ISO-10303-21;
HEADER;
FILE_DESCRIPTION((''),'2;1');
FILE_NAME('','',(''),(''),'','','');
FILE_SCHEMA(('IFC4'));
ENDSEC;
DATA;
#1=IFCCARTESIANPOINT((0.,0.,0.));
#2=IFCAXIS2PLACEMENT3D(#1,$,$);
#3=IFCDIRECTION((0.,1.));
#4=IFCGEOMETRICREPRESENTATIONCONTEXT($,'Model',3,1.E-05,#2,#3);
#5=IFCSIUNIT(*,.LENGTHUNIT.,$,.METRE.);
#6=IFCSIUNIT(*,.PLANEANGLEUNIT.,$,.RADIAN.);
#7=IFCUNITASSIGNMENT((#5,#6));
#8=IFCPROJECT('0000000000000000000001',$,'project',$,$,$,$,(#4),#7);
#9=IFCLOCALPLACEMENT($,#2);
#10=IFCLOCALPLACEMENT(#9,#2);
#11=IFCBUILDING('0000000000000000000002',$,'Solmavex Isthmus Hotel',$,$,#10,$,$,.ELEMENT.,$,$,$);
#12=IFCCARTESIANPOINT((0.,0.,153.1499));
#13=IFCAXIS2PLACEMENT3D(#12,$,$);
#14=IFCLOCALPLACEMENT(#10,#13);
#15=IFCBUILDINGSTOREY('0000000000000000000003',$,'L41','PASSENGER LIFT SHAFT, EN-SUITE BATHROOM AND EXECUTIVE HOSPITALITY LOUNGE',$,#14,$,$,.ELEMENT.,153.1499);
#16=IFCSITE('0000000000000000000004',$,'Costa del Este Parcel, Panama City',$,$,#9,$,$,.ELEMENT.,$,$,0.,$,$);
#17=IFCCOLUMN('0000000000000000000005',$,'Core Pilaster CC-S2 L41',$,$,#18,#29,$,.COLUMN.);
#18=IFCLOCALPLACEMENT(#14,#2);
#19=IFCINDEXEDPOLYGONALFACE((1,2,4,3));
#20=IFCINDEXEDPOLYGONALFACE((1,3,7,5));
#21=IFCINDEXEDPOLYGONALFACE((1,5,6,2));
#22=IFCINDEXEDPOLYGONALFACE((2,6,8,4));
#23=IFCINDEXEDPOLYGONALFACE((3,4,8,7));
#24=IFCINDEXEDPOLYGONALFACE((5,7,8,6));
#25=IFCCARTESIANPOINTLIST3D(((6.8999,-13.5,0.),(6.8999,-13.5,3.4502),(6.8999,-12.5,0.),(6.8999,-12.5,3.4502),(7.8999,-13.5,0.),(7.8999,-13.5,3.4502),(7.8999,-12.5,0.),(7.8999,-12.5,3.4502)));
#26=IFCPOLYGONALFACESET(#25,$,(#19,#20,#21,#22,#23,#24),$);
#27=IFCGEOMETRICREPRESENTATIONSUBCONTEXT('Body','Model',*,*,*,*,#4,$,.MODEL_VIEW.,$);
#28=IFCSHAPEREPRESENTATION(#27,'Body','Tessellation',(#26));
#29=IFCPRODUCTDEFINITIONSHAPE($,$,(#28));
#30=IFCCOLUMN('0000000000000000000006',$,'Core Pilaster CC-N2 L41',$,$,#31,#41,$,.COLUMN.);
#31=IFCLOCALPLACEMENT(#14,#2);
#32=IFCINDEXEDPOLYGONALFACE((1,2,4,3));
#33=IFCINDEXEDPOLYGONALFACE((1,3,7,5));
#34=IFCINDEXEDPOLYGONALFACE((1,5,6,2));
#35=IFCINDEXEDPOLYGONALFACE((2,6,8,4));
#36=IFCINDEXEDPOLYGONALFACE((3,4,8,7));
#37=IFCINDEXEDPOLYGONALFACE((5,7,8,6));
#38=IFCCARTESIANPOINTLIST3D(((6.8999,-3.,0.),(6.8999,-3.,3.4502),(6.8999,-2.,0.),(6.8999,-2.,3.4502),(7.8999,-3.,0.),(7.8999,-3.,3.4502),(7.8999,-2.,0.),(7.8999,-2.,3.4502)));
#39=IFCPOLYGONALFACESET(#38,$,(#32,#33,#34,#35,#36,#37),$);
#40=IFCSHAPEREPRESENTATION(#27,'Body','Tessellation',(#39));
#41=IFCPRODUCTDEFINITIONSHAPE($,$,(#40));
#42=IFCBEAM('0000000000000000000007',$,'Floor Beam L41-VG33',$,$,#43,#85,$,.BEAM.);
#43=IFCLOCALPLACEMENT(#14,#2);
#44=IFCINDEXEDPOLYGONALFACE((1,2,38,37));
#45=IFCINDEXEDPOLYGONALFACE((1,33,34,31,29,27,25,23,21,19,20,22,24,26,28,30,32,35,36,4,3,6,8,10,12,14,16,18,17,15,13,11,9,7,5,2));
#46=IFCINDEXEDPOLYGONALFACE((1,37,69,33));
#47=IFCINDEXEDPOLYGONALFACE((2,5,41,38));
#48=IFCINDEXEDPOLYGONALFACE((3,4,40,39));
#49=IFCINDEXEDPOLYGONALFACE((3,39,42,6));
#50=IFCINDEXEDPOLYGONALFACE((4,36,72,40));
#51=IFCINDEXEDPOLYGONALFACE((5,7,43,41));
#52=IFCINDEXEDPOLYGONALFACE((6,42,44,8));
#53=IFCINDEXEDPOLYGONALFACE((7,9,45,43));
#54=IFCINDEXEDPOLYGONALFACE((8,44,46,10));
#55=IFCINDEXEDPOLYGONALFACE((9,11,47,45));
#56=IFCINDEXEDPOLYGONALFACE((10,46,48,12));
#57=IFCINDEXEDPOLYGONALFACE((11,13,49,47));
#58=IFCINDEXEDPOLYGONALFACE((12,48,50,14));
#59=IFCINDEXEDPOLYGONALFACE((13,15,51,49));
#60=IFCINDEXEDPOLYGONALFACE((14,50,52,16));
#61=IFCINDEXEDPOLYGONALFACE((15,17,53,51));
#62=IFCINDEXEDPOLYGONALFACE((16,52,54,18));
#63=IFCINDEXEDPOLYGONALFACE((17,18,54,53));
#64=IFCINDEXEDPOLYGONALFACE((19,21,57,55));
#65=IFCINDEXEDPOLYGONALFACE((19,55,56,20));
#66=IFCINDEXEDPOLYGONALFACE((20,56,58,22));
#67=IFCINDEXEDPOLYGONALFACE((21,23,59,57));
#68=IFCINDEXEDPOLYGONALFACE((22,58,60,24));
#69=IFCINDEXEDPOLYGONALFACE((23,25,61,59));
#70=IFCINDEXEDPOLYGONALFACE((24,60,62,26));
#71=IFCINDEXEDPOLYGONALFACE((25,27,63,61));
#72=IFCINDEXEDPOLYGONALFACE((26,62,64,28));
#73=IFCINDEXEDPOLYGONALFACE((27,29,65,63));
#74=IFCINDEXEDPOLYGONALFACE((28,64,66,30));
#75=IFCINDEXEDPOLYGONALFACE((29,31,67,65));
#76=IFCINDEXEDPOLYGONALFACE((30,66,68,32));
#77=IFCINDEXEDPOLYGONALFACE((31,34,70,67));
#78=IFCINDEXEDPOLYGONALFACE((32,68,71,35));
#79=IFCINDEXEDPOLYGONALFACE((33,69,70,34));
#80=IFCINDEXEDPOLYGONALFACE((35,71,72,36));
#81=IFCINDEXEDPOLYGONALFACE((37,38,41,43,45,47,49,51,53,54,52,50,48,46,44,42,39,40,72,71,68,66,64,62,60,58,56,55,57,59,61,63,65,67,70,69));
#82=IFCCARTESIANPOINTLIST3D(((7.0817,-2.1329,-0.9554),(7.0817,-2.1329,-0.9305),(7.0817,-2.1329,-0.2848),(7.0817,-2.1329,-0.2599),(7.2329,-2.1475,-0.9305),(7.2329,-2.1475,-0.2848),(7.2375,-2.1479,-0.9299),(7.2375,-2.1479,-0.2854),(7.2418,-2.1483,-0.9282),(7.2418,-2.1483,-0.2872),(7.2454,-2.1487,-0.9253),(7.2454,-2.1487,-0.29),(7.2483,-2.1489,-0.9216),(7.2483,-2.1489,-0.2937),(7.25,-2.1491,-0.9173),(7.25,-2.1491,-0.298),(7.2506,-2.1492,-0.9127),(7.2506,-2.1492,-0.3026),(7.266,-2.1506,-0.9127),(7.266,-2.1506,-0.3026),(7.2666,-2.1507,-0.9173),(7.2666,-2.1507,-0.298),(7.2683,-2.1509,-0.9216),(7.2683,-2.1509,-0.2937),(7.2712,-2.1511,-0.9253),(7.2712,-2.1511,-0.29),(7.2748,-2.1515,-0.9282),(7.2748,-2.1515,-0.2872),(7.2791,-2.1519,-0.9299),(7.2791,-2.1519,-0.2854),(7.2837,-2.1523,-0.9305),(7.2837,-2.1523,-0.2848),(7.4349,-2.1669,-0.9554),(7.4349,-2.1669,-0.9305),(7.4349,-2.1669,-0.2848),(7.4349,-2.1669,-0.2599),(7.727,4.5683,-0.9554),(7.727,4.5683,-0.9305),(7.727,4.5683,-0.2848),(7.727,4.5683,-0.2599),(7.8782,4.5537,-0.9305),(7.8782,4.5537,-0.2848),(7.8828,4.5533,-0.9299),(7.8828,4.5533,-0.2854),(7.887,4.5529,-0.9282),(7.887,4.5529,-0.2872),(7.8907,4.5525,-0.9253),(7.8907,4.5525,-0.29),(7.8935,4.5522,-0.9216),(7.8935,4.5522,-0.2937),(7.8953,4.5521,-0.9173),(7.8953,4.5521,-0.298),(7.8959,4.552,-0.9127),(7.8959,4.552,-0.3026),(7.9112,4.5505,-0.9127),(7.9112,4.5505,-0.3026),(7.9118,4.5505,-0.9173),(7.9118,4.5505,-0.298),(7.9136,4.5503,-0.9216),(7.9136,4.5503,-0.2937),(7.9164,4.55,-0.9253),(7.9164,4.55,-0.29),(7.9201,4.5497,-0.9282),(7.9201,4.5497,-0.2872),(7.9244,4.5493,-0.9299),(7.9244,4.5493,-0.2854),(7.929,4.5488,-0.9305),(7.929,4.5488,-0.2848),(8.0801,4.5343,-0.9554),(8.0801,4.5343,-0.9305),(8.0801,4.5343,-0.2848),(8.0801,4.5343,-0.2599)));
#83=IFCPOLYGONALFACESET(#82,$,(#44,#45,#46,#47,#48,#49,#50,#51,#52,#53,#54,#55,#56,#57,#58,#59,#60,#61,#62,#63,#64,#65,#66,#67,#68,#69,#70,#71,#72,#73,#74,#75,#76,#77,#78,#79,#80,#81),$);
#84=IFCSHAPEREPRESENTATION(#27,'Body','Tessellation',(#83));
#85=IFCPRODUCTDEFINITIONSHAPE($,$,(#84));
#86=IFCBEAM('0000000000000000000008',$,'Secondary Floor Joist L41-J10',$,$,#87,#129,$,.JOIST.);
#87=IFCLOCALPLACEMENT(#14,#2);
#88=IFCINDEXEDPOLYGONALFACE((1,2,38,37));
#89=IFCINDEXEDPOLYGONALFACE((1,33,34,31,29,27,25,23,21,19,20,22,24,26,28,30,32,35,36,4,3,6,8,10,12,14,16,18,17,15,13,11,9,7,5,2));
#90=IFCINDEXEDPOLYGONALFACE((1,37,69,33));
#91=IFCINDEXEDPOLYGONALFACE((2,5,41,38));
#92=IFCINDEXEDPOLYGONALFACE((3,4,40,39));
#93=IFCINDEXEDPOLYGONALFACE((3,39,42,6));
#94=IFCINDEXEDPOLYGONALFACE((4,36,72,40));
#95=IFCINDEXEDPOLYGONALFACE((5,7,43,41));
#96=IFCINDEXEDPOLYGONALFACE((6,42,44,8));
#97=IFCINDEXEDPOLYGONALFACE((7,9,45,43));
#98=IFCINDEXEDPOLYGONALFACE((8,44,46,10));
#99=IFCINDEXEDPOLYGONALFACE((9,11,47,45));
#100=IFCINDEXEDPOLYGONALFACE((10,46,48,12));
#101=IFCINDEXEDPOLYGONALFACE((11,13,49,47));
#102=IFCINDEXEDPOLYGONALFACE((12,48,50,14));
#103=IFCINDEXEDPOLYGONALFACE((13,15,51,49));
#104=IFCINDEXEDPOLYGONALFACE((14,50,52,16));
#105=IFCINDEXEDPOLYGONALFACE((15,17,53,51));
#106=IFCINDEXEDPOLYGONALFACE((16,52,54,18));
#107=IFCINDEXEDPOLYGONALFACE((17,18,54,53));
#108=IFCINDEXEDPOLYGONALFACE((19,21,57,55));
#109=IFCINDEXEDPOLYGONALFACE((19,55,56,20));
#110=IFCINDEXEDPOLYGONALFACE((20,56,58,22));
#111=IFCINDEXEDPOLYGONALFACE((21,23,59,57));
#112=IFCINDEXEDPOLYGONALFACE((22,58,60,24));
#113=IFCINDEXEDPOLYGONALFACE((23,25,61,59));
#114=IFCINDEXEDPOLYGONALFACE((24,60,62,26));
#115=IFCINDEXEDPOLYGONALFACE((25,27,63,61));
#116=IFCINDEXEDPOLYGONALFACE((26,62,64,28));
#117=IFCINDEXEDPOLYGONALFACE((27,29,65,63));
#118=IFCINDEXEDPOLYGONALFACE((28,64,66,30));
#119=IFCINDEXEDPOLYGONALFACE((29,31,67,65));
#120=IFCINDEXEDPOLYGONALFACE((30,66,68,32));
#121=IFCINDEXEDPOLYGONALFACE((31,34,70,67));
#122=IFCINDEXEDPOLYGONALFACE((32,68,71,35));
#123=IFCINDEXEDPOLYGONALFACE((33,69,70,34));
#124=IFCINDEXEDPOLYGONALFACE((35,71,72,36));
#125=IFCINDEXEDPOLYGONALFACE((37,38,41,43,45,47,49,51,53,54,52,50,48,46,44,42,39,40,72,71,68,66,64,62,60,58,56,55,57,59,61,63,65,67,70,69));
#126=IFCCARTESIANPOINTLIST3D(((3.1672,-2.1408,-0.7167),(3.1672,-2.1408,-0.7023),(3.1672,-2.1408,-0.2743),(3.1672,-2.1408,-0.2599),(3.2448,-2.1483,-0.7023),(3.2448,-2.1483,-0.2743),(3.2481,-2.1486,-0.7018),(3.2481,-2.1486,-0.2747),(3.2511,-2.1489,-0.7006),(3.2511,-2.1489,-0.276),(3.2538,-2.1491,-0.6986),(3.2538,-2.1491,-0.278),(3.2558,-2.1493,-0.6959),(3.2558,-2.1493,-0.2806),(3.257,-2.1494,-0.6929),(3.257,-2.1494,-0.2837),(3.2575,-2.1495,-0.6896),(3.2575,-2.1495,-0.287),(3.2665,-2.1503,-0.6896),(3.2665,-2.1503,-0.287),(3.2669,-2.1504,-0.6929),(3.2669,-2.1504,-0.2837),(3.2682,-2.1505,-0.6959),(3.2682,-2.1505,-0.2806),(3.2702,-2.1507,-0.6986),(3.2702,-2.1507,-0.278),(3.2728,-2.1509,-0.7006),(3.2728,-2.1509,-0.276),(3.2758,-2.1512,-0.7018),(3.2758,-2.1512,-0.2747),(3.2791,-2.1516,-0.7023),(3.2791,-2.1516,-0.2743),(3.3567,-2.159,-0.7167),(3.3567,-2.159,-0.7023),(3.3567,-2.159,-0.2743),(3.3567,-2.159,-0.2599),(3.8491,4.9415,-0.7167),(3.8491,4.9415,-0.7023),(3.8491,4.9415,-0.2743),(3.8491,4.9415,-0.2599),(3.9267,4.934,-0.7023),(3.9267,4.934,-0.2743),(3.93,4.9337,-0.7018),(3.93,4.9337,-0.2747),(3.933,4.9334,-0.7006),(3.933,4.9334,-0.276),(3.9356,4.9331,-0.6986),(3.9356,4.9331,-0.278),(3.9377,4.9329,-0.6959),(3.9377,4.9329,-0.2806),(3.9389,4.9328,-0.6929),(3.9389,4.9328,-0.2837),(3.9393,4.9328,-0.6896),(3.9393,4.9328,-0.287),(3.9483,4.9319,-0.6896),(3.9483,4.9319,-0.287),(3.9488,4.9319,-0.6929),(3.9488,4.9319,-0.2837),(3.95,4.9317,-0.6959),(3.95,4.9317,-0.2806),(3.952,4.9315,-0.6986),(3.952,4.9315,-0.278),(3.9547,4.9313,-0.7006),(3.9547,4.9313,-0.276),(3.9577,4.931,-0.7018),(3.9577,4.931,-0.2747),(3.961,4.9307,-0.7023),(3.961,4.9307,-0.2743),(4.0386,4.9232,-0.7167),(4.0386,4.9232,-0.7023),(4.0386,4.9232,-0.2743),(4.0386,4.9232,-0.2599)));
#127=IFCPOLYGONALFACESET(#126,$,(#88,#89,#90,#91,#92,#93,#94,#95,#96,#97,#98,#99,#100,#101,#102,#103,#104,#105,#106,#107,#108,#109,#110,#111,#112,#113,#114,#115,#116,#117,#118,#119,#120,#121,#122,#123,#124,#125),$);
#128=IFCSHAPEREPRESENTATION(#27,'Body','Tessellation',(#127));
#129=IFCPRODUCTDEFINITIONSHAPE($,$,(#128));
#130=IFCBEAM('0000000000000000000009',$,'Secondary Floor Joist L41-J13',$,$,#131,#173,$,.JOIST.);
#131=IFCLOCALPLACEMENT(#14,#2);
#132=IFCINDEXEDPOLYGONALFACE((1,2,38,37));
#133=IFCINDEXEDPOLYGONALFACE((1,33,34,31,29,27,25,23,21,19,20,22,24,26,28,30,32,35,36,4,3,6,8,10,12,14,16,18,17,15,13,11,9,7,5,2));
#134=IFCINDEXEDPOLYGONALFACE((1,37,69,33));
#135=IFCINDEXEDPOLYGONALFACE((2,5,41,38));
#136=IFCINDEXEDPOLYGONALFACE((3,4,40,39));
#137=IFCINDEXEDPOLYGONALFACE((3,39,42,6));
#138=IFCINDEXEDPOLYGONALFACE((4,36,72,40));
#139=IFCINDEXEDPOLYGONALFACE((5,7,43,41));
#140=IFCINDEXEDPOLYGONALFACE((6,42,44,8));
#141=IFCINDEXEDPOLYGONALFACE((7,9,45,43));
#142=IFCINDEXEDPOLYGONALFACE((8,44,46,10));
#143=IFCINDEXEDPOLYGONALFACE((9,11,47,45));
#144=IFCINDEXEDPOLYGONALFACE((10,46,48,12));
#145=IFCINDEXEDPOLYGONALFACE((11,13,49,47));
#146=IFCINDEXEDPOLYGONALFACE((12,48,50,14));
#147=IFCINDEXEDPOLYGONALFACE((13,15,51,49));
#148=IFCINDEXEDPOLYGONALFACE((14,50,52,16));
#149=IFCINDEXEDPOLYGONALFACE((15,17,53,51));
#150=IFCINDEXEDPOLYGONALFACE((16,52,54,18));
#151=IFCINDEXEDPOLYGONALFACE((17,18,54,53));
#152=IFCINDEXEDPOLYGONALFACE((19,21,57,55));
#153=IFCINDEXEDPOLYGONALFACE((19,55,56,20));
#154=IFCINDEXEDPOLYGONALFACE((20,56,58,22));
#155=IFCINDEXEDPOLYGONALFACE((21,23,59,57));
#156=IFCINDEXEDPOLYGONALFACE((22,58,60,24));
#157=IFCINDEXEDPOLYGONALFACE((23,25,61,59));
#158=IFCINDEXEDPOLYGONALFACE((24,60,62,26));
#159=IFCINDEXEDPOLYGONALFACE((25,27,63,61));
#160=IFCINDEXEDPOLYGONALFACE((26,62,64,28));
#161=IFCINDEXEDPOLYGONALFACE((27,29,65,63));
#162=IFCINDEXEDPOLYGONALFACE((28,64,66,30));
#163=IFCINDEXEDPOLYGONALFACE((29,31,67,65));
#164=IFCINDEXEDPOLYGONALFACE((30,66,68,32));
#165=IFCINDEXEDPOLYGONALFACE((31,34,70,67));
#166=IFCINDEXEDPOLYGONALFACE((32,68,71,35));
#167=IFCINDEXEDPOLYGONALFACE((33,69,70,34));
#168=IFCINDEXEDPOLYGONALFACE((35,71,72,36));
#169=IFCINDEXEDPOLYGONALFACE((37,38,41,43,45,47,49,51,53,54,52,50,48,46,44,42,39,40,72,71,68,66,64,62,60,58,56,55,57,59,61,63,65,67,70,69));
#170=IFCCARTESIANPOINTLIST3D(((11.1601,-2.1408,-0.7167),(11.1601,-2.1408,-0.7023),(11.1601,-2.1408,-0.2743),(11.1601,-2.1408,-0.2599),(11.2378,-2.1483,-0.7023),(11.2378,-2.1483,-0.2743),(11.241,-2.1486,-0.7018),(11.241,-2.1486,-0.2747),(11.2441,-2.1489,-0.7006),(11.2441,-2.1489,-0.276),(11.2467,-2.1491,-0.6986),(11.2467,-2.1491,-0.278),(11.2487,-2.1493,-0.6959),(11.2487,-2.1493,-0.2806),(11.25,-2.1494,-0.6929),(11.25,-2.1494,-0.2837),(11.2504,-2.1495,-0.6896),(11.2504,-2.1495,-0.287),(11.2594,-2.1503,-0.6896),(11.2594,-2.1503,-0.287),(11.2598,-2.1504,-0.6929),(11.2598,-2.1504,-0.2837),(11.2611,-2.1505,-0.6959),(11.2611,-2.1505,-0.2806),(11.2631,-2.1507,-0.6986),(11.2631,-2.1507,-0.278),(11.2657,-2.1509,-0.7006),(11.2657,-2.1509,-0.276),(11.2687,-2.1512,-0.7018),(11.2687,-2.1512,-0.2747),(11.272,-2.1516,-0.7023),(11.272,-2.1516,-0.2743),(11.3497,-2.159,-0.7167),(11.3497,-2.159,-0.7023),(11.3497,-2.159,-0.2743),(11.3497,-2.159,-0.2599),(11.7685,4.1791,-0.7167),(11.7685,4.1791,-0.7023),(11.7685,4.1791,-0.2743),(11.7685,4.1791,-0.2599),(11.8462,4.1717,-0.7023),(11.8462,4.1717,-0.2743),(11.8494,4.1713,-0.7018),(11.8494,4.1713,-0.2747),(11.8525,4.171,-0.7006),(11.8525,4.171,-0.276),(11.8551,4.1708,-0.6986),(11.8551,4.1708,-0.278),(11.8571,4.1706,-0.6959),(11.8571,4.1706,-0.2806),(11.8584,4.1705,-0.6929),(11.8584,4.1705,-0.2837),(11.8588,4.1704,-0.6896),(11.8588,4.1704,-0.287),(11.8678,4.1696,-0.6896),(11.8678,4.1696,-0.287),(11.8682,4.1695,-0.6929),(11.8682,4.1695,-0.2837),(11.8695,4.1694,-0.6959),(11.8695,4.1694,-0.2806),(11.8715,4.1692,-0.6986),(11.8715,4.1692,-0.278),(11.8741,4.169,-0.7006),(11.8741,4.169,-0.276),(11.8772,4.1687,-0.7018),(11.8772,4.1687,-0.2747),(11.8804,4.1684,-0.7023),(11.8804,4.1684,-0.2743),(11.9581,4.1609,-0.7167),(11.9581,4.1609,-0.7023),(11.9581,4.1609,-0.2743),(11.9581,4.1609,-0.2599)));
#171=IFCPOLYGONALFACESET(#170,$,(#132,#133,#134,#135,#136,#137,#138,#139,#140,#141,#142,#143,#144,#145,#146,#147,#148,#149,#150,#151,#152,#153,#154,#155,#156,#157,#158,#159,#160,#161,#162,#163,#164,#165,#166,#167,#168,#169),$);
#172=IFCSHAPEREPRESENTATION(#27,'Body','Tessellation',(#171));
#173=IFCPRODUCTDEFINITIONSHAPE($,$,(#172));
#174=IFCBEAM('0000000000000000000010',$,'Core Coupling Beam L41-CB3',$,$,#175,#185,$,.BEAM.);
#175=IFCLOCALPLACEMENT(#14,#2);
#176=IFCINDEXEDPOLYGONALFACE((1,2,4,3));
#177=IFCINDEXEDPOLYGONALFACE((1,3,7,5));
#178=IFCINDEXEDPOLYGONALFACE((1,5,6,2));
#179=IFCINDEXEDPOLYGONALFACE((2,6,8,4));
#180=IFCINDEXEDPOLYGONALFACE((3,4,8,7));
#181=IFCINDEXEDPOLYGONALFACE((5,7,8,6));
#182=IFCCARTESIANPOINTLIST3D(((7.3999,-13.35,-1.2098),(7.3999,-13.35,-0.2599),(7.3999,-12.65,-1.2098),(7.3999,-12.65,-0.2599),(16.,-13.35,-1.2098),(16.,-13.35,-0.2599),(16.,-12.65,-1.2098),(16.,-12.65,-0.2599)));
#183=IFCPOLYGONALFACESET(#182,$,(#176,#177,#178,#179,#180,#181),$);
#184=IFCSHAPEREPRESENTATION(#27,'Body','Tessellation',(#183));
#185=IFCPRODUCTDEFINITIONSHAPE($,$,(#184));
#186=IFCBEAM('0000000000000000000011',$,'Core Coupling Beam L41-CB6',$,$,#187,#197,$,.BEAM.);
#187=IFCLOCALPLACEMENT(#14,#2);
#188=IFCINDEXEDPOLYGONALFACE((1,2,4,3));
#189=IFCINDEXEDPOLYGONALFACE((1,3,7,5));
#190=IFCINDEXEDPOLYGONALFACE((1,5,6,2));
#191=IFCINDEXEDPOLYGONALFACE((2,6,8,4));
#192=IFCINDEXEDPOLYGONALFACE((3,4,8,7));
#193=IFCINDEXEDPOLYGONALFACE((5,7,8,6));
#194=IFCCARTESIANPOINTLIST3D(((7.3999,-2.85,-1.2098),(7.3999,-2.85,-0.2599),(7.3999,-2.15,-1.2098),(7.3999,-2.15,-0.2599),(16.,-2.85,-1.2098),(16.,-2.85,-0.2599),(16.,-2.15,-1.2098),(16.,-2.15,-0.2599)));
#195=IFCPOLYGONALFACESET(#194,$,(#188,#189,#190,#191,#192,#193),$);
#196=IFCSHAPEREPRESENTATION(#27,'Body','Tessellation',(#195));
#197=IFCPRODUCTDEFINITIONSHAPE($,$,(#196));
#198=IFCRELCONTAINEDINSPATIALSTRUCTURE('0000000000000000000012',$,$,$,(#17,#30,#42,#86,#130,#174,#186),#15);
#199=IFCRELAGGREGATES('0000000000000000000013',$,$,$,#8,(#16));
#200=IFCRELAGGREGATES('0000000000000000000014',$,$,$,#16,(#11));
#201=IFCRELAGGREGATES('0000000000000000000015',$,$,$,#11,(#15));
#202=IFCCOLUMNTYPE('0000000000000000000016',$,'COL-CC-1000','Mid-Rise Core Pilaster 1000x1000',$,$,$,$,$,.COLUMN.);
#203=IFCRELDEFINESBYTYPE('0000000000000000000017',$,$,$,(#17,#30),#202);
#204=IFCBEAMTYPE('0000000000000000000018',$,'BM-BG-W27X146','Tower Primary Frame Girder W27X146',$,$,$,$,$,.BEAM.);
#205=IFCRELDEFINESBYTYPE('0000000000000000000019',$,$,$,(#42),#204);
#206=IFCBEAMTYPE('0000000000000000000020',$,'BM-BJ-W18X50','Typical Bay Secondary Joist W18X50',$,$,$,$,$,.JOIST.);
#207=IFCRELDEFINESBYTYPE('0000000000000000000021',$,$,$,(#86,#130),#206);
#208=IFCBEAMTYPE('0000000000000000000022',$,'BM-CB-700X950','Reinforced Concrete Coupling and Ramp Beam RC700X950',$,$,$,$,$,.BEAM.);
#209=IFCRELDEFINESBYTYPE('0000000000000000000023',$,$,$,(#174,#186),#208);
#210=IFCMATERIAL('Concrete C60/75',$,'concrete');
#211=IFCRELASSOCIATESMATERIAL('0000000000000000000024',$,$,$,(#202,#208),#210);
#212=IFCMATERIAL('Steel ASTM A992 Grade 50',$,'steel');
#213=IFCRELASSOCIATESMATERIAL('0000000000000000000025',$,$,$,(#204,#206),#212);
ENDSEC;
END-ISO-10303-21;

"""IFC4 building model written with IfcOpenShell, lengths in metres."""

from ifc_helpers import new_model, si_unit, direction, frame, origin, origin_2d, place, context, subcontext, project, spatial, rectangle, i_section, extrude, material, material_profile, profile_set, type_object, element, save


model = new_model("IFC4")

# Units and contexts
model_context = context("Model", 3, precision=1e-05, world=origin(), true_north=direction((0.0, 1.0)))
body_context = subcontext(model_context, "Body", "Model", "MODEL_VIEW")
ifc_project = project(units=[si_unit("LENGTHUNIT", "METRE"), si_unit("PLANEANGLEUNIT", "RADIAN")], contexts=[model_context])

# Site, building, storey
site_placement = place(None, origin())
site = spatial("IfcSite", under=ifc_project, at=site_placement, Name="Costa del Este Parcel, Panama City", CompositionType="ELEMENT", RefElevation=0.0)
building_placement = place(site_placement, origin())
building = spatial("IfcBuilding", under=site, at=building_placement, Name="Solmavex Isthmus Hotel", CompositionType="ELEMENT")
storey_placement = place(building_placement, frame((0.0, 0.0, 153.1499)))
storey = spatial("IfcBuildingStorey", under=building, at=storey_placement, Name="L41", Description="PASSENGER LIFT SHAFT, EN-SUITE BATHROOM AND EXECUTIVE HOSPITALITY LOUNGE", CompositionType="ELEMENT", Elevation=153.1499)

# Columns
ifc_material_1 = material(Name="Concrete C60/75", Category="concrete")
ifc_material_profile_1 = material_profile(ifc_material_1, rectangle(XDim=1.0, YDim=1.0, at=origin_2d()), Name="RC1000X1000")
ifc_profile_set_1 = profile_set([ifc_material_profile_1], Name="Concrete C60/75")
column_type = type_object("IfcColumnType", Name="COL-CC-1000", Description="Mid-Rise Core Pilaster 1000x1000", PredefinedType="COLUMN", material=ifc_profile_set_1)
for number, where, z_axis, x_axis, name in (
    (1, (7.3999, -13.0, 0.0), (0.0, 0.0, 1.0), (1.0, 0.0, 0.0), "Core Pilaster CC-S2 L41"),
    (2, (7.3999, -2.5, 0.0), (0.0, 0.0, 1.0), (1.0, 0.0, 0.0), "Core Pilaster CC-N2 L41"),
):
    element("IfcColumn", number, at=place(storey_placement, frame(where, z_axis=z_axis, x_axis=x_axis)), inside=storey, type_object=column_type, Name=name, PredefinedType="COLUMN", context=body_context, shape_type="SweptSolid", body=[
        extrude(rectangle(XDim=1.0, YDim=1.0, at=origin_2d()), origin(), (0.0, 0.0, 1.0), 3.4502),
    ])

# Beams
ifc_material_2 = material(Name="Steel ASTM A992 Grade 50", Category="steel")
ifc_material_profile_2 = material_profile(ifc_material_2, i_section(OverallWidth=0.3547, OverallDepth=0.6956, WebThickness=0.0154, FlangeThickness=0.0249, FilletRadius=0.0178, at=origin_2d()), Name="W27X146")
ifc_profile_set_2 = profile_set([ifc_material_profile_2], Name="Steel ASTM A992 Grade 50")
beam_type_1 = type_object("IfcBeamType", Name="BM-BG-W27X146", Description="Tower Primary Frame Girder W27X146", PredefinedType="BEAM", material=ifc_profile_set_2)
beam_1_placement = place(storey_placement, frame((7.2583, -2.1499, -0.6077), z_axis=(0.095848, 0.995396, 0.0), x_axis=(-0.995396, 0.095848, 0.0)))
element("IfcBeam", 3, at=beam_1_placement, inside=storey, type_object=beam_type_1, Name="Floor Beam L41-VG33", PredefinedType="BEAM", context=body_context, shape_type="SweptSolid", body=[
    extrude(i_section(OverallWidth=0.3547, OverallDepth=0.6956, WebThickness=0.0154, FlangeThickness=0.0249, FilletRadius=0.0178, at=origin_2d()), origin(), (0.0, 0.0, 1.0), 6.7322),
])
ifc_material_profile_3 = material_profile(ifc_material_2, i_section(OverallWidth=0.1904, OverallDepth=0.4568, WebThickness=0.009, FlangeThickness=0.0144, FilletRadius=0.0127, at=origin_2d()), Name="W18X50")
ifc_profile_set_3 = profile_set([ifc_material_profile_3], Name="Steel ASTM A992 Grade 50")
beam_type_2 = type_object("IfcBeamType", Name="BM-BJ-W18X50", Description="Typical Bay Secondary Joist W18X50", PredefinedType="JOIST", material=ifc_profile_set_3)
beam_2_placement = place(storey_placement, frame((3.262, -2.1499, -0.4883), z_axis=(0.095837, 0.995397, 0.0), x_axis=(-0.995397, 0.095837, 0.0)))
element("IfcBeam", 4, at=beam_2_placement, inside=storey, type_object=beam_type_2, Name="Secondary Floor Joist L41-J10", PredefinedType="JOIST", context=body_context, shape_type="SweptSolid", body=[
    extrude(i_section(OverallWidth=0.1904, OverallDepth=0.4568, WebThickness=0.009, FlangeThickness=0.0144, FilletRadius=0.0127, at=origin_2d()), origin(), (0.0, 0.0, 1.0), 7.115),
])
beam_3_placement = place(storey_placement, frame((11.2549, -2.1499, -0.4883), z_axis=(0.095825, 0.995398, 0.0), x_axis=(-0.995398, 0.095825, 0.0)))
element("IfcBeam", 5, at=beam_3_placement, inside=storey, type_object=beam_type_2, Name="Secondary Floor Joist L41-J13", PredefinedType="JOIST", context=body_context, shape_type="SweptSolid", body=[
    extrude(i_section(OverallWidth=0.1904, OverallDepth=0.4568, WebThickness=0.009, FlangeThickness=0.0144, FilletRadius=0.0127, at=origin_2d()), origin(), (0.0, 0.0, 1.0), 6.3491),
])
ifc_material_profile_4 = material_profile(ifc_material_1, rectangle(XDim=0.7, YDim=0.95, at=origin_2d()), Name="RC700X950")
ifc_profile_set_4 = profile_set([ifc_material_profile_4], Name="Concrete C60/75")
beam_type_3 = type_object("IfcBeamType", Name="BM-CB-700X950", Description="Reinforced Concrete Coupling and Ramp Beam RC700X950", PredefinedType="BEAM", material=ifc_profile_set_4)
for number, where, z_axis, x_axis, name in (
    (6, (7.3999, -13.0, -0.7349), (1.0, 0.0, 0.0), (0.0, 1.0, 0.0), "Core Coupling Beam L41-CB3"),
    (7, (7.3999, -2.5, -0.7349), (1.0, 0.0, 0.0), (0.0, 1.0, 0.0), "Core Coupling Beam L41-CB6"),
):
    element("IfcBeam", number, at=place(storey_placement, frame(where, z_axis=z_axis, x_axis=x_axis)), inside=storey, type_object=beam_type_3, Name=name, PredefinedType="BEAM", context=body_context, shape_type="SweptSolid", body=[
        extrude(rectangle(XDim=0.7, YDim=0.95, at=origin_2d()), origin(), (0.0, 0.0, 1.0), 8.6001),
    ])

save(model, "model.ifc")
